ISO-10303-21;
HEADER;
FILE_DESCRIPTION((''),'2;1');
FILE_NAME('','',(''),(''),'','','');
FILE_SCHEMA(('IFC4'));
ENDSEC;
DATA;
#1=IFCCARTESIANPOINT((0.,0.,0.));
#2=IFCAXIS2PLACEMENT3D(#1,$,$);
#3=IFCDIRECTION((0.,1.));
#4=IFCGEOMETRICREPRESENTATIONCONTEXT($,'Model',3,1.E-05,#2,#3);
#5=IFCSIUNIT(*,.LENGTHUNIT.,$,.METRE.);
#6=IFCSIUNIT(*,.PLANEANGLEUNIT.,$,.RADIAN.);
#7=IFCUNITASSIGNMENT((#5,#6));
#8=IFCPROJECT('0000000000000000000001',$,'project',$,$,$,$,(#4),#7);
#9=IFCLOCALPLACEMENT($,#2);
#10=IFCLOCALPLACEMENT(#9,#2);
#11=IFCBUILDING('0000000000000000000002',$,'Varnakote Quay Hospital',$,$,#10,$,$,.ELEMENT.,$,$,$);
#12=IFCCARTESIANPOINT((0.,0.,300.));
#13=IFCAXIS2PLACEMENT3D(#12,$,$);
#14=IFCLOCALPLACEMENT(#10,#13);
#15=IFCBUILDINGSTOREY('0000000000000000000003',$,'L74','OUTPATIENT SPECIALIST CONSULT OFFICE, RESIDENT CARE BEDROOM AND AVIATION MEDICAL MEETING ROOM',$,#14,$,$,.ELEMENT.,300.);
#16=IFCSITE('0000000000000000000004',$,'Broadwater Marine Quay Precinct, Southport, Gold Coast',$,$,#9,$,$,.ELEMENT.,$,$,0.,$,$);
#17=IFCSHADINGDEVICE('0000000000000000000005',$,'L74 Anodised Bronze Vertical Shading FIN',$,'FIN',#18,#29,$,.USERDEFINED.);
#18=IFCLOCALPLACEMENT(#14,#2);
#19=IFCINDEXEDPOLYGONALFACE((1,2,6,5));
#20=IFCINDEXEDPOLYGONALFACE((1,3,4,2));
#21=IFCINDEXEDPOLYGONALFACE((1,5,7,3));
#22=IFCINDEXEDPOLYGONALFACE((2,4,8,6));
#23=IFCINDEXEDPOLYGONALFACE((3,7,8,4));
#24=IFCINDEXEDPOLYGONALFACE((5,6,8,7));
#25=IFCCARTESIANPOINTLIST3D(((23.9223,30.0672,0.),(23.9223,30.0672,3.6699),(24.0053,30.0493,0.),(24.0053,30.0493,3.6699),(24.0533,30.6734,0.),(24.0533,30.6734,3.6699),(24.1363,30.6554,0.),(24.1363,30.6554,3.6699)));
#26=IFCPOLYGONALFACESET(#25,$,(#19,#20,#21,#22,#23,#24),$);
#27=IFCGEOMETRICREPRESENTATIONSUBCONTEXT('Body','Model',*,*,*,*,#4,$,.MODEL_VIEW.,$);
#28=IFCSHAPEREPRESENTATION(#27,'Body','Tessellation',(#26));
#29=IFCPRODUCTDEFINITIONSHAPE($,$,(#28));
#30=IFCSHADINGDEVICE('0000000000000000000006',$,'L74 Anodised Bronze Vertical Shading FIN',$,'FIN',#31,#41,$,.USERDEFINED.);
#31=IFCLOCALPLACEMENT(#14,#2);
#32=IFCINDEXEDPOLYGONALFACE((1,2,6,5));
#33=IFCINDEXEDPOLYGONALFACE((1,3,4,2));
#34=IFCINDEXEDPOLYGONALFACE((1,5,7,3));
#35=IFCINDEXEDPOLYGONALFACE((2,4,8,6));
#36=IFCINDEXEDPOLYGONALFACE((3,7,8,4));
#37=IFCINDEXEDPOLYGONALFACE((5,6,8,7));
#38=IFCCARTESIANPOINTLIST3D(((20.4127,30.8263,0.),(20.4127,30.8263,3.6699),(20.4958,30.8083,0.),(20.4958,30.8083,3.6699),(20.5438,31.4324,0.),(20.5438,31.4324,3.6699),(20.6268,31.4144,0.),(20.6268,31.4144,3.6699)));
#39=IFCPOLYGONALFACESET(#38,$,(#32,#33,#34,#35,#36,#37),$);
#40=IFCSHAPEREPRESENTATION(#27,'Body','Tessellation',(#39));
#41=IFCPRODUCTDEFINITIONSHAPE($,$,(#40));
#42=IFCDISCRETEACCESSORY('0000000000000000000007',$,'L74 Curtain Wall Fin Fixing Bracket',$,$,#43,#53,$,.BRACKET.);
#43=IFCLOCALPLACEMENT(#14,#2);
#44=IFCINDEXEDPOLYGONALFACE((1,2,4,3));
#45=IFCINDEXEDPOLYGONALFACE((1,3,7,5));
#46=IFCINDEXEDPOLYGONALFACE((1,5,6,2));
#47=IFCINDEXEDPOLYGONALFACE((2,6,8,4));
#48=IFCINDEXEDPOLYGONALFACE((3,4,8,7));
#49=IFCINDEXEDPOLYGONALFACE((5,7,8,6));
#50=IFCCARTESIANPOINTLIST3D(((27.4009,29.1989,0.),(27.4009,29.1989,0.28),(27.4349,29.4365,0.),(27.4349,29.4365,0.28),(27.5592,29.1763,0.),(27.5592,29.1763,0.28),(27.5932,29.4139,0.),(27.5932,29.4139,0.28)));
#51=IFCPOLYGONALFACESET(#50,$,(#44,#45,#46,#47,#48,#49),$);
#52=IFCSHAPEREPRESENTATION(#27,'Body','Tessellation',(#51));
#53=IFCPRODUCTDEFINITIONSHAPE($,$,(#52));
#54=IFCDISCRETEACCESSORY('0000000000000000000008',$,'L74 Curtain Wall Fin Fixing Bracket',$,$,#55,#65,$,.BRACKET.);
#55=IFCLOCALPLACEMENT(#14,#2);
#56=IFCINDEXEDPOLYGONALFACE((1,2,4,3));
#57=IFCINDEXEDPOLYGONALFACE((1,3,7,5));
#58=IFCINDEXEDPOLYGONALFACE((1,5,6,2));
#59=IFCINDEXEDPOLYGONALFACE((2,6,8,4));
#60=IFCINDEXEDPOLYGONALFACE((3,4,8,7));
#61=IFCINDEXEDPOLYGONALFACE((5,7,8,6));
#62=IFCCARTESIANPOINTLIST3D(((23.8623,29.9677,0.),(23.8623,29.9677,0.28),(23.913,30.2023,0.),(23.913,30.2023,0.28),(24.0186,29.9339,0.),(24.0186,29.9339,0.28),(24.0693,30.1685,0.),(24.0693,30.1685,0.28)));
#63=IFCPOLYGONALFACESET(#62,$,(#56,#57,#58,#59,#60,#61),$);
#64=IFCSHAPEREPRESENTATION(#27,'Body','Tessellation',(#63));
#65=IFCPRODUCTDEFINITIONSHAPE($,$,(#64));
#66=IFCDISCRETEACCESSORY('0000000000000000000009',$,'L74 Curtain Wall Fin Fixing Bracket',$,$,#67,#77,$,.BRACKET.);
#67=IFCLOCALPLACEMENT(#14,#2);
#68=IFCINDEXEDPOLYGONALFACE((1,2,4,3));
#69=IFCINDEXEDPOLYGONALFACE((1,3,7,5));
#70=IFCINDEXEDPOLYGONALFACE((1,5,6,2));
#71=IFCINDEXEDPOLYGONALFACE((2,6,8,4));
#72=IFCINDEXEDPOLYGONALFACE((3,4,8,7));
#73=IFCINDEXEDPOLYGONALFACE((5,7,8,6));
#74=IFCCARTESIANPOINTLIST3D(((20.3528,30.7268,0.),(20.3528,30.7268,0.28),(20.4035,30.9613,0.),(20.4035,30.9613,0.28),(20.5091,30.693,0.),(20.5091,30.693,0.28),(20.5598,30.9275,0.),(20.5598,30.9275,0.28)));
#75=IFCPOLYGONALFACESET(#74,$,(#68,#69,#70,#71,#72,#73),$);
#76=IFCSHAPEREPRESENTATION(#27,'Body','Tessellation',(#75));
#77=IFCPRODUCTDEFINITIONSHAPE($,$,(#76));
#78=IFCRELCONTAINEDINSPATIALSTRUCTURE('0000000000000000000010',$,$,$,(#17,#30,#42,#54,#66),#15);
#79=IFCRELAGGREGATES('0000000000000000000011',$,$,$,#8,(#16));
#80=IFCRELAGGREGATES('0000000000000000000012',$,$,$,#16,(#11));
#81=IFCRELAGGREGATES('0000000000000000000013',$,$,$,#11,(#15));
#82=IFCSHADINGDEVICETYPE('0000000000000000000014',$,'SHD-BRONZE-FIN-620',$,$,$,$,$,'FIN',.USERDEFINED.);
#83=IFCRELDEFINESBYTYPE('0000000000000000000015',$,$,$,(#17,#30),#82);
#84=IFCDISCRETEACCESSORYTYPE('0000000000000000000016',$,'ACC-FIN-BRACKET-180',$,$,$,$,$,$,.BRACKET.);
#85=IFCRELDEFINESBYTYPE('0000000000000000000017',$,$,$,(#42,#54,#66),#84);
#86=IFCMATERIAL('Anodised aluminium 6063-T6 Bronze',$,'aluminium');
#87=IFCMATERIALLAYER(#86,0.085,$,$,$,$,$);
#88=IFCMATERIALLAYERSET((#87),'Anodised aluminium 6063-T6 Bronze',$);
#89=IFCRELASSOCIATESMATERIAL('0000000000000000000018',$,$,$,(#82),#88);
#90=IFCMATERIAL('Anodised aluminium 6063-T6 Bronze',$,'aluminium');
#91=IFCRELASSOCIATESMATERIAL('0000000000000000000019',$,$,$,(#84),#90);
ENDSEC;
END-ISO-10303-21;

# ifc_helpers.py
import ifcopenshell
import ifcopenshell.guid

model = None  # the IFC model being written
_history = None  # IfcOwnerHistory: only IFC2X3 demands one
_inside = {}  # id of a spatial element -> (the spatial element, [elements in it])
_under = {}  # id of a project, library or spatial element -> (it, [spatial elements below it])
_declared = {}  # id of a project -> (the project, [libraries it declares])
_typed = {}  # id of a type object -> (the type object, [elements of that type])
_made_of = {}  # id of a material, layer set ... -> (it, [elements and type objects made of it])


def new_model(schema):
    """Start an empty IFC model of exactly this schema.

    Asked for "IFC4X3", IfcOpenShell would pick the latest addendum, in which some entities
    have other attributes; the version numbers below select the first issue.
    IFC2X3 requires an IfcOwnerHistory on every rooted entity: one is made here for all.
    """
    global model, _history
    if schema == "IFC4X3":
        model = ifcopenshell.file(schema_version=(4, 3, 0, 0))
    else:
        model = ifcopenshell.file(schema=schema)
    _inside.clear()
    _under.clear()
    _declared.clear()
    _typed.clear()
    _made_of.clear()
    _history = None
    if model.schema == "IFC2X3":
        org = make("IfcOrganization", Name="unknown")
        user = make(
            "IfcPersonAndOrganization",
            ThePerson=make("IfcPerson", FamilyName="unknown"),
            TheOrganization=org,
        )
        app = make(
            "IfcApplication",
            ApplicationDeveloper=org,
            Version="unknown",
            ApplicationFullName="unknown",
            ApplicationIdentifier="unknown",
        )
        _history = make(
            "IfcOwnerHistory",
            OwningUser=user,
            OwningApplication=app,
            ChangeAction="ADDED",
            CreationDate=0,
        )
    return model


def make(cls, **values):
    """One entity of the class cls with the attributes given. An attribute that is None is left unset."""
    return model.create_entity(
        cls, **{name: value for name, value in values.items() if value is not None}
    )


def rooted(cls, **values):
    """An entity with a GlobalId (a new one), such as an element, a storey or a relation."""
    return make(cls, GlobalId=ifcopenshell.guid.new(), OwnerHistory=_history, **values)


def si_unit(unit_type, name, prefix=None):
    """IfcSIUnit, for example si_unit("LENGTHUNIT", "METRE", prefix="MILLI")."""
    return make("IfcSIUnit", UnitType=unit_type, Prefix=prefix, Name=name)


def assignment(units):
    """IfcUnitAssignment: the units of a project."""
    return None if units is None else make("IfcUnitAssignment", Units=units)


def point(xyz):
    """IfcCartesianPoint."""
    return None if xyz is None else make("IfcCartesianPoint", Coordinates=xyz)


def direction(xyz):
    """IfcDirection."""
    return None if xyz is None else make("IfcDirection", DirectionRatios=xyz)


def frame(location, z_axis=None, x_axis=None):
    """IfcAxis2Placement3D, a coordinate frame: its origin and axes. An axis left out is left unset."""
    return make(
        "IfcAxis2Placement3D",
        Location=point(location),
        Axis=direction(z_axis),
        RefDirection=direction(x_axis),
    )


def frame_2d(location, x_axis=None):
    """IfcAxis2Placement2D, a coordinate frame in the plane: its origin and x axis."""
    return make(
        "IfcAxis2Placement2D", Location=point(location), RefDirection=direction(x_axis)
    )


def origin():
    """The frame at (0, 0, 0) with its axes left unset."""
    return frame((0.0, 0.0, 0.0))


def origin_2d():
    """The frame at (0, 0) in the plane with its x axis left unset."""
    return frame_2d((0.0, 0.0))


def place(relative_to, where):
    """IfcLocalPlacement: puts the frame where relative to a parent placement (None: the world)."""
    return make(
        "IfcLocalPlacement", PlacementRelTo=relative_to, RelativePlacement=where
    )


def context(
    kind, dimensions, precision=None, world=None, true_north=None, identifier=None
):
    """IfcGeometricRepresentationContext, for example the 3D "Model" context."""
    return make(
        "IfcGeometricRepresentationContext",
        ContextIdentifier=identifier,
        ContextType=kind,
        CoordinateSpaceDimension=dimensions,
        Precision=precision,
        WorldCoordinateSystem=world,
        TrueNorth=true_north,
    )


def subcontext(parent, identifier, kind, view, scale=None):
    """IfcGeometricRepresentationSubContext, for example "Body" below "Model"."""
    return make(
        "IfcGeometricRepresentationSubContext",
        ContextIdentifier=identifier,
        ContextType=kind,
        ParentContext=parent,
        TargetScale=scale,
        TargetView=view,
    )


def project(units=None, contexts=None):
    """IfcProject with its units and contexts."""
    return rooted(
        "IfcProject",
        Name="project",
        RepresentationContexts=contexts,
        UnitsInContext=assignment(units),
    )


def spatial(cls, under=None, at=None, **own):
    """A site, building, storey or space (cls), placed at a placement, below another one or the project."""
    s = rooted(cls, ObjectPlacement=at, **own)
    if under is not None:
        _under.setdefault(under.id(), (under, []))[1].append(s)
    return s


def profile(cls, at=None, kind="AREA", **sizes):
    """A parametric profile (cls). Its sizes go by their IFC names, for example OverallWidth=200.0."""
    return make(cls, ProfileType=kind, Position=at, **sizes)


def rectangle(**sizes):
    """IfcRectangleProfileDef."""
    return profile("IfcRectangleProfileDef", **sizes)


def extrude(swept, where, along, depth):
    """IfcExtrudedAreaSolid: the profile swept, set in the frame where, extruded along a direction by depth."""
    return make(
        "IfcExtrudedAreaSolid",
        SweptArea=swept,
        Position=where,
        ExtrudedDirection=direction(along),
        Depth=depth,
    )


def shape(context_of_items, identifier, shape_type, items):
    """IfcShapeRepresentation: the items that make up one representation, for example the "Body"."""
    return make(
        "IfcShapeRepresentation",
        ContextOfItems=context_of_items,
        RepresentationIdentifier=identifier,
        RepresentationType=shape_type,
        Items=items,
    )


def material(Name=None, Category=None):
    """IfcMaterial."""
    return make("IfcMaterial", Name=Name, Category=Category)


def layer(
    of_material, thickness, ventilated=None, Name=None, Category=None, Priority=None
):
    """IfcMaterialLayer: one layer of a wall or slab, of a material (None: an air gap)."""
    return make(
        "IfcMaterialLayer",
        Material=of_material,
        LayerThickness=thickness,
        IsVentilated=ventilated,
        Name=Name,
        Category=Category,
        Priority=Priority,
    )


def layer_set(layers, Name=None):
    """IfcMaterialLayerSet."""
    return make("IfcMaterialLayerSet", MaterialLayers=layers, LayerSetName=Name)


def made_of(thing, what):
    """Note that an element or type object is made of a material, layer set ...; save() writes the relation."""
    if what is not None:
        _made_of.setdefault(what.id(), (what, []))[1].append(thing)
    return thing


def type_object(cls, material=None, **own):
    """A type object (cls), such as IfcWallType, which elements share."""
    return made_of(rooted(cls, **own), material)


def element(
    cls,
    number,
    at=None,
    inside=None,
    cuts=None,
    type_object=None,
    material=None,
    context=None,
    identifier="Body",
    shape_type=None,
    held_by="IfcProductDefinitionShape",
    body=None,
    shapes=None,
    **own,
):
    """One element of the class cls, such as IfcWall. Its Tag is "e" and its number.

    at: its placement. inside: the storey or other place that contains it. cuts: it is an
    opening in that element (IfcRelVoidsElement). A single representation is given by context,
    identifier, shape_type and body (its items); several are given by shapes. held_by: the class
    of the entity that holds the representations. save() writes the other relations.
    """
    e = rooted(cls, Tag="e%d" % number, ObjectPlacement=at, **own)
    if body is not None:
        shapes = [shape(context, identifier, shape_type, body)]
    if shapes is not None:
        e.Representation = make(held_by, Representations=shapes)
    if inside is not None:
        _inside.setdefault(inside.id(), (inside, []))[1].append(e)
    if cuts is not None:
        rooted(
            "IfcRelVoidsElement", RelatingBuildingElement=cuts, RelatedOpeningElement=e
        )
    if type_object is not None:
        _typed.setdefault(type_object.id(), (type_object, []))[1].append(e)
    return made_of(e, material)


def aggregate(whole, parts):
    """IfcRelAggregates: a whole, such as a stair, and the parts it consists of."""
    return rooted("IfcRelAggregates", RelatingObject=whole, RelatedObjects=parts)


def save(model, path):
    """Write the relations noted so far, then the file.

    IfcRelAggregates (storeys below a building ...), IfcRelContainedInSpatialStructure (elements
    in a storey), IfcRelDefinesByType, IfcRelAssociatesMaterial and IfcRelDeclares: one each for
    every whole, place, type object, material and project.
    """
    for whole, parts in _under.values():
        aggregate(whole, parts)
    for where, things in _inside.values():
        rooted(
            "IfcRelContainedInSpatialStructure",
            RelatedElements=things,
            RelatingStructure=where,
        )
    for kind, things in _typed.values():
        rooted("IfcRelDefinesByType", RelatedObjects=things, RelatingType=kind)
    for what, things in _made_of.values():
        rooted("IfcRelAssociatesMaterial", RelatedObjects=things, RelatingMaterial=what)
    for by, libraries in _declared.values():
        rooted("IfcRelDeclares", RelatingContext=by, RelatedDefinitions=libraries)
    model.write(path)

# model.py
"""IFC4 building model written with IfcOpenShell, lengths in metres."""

from ifc_helpers import new_model, si_unit, direction, frame, origin, origin_2d, place, context, subcontext, project, spatial, rectangle, extrude, material, layer, layer_set, type_object, element, save


model = new_model("IFC4")

# Units and contexts
model_context = context("Model", 3, precision=1e-05, world=origin(), true_north=direction((0.0, 1.0)))
body_context = subcontext(model_context, "Body", "Model", "MODEL_VIEW")
ifc_project = project(units=[si_unit("LENGTHUNIT", "METRE"), si_unit("PLANEANGLEUNIT", "RADIAN")], contexts=[model_context])

# Site, building, storey
site_placement = place(None, origin())
site = spatial("IfcSite", under=ifc_project, at=site_placement, Name="Broadwater Marine Quay Precinct, Southport, Gold Coast", CompositionType="ELEMENT", RefElevation=0.0)
building_placement = place(site_placement, origin())
building = spatial("IfcBuilding", under=site, at=building_placement, Name="Varnakote Quay Hospital", CompositionType="ELEMENT")
storey_placement = place(building_placement, frame((0.0, 0.0, 300.0)))
storey = spatial("IfcBuildingStorey", under=building, at=storey_placement, Name="L74", Description="OUTPATIENT SPECIALIST CONSULT OFFICE, RESIDENT CARE BEDROOM AND AVIATION MEDICAL MEETING ROOM", CompositionType="ELEMENT", Elevation=300.0)

# Shading devices
ifc_material_1 = material(Name="Anodised aluminium 6063-T6 Bronze", Category="aluminium")
ifc_layer_1 = layer(ifc_material_1, 0.085)
ifc_layer_set_1 = layer_set([ifc_layer_1], Name="Anodised aluminium 6063-T6 Bronze")
shading_device_type = type_object("IfcShadingDeviceType", Name="SHD-BRONZE-FIN-620", ElementType="FIN", PredefinedType="USERDEFINED", material=ifc_layer_set_1)
for number, where, z_axis, x_axis, name in (
    (1, (24.0293, 30.3613, 0.0), (0.0, 0.0, 1.0), (-0.211325, -0.977416, 0.0), "L74 Anodised Bronze Vertical Shading FIN"),
    (2, (20.5198, 31.1204, 0.0), (0.0, 0.0, 1.0), (-0.211325, -0.977416, 0.0), "L74 Anodised Bronze Vertical Shading FIN"),
):
    element("IfcShadingDevice", number, at=place(storey_placement, frame(where, z_axis=z_axis, x_axis=x_axis)), inside=storey, type_object=shading_device_type, Name=name, ObjectType="FIN", PredefinedType="USERDEFINED", context=body_context, shape_type="SweptSolid", body=[
        extrude(rectangle(XDim=0.6201, YDim=0.085, at=origin_2d()), origin(), (0.0, 0.0, 1.0), 3.6699),
    ])

# Discrete accessories
ifc_material_2 = material(Name="Anodised aluminium 6063-T6 Bronze", Category="aluminium")
discrete_accessory_type = type_object("IfcDiscreteAccessoryType", Name="ACC-FIN-BRACKET-180", PredefinedType="BRACKET", material=ifc_material_2)
for number, where, z_axis, x_axis, name in (
    (3, (27.4971, 29.3064, 0.0), (0.0, 0.0, 1.0), (-0.989925, 0.141592, 0.0), "L74 Curtain Wall Fin Fixing Bracket"),
    (4, (23.9658, 30.0681, 0.0), (0.0, 0.0, 1.0), (-0.977416, 0.211325, 0.0), "L74 Curtain Wall Fin Fixing Bracket"),
    (5, (20.4563, 30.8271, 0.0), (0.0, 0.0, 1.0), (-0.977416, 0.211325, 0.0), "L74 Curtain Wall Fin Fixing Bracket"),
):
    element("IfcDiscreteAccessory", number, at=place(storey_placement, frame(where, z_axis=z_axis, x_axis=x_axis)), inside=storey, type_object=discrete_accessory_type, Name=name, PredefinedType="BRACKET", context=body_context, shape_type="SweptSolid", body=[
        extrude(rectangle(XDim=0.1599, YDim=0.24, at=origin_2d()), origin(), (0.0, 0.0, 1.0), 0.28),
    ])

save(model, "model.ifc")
